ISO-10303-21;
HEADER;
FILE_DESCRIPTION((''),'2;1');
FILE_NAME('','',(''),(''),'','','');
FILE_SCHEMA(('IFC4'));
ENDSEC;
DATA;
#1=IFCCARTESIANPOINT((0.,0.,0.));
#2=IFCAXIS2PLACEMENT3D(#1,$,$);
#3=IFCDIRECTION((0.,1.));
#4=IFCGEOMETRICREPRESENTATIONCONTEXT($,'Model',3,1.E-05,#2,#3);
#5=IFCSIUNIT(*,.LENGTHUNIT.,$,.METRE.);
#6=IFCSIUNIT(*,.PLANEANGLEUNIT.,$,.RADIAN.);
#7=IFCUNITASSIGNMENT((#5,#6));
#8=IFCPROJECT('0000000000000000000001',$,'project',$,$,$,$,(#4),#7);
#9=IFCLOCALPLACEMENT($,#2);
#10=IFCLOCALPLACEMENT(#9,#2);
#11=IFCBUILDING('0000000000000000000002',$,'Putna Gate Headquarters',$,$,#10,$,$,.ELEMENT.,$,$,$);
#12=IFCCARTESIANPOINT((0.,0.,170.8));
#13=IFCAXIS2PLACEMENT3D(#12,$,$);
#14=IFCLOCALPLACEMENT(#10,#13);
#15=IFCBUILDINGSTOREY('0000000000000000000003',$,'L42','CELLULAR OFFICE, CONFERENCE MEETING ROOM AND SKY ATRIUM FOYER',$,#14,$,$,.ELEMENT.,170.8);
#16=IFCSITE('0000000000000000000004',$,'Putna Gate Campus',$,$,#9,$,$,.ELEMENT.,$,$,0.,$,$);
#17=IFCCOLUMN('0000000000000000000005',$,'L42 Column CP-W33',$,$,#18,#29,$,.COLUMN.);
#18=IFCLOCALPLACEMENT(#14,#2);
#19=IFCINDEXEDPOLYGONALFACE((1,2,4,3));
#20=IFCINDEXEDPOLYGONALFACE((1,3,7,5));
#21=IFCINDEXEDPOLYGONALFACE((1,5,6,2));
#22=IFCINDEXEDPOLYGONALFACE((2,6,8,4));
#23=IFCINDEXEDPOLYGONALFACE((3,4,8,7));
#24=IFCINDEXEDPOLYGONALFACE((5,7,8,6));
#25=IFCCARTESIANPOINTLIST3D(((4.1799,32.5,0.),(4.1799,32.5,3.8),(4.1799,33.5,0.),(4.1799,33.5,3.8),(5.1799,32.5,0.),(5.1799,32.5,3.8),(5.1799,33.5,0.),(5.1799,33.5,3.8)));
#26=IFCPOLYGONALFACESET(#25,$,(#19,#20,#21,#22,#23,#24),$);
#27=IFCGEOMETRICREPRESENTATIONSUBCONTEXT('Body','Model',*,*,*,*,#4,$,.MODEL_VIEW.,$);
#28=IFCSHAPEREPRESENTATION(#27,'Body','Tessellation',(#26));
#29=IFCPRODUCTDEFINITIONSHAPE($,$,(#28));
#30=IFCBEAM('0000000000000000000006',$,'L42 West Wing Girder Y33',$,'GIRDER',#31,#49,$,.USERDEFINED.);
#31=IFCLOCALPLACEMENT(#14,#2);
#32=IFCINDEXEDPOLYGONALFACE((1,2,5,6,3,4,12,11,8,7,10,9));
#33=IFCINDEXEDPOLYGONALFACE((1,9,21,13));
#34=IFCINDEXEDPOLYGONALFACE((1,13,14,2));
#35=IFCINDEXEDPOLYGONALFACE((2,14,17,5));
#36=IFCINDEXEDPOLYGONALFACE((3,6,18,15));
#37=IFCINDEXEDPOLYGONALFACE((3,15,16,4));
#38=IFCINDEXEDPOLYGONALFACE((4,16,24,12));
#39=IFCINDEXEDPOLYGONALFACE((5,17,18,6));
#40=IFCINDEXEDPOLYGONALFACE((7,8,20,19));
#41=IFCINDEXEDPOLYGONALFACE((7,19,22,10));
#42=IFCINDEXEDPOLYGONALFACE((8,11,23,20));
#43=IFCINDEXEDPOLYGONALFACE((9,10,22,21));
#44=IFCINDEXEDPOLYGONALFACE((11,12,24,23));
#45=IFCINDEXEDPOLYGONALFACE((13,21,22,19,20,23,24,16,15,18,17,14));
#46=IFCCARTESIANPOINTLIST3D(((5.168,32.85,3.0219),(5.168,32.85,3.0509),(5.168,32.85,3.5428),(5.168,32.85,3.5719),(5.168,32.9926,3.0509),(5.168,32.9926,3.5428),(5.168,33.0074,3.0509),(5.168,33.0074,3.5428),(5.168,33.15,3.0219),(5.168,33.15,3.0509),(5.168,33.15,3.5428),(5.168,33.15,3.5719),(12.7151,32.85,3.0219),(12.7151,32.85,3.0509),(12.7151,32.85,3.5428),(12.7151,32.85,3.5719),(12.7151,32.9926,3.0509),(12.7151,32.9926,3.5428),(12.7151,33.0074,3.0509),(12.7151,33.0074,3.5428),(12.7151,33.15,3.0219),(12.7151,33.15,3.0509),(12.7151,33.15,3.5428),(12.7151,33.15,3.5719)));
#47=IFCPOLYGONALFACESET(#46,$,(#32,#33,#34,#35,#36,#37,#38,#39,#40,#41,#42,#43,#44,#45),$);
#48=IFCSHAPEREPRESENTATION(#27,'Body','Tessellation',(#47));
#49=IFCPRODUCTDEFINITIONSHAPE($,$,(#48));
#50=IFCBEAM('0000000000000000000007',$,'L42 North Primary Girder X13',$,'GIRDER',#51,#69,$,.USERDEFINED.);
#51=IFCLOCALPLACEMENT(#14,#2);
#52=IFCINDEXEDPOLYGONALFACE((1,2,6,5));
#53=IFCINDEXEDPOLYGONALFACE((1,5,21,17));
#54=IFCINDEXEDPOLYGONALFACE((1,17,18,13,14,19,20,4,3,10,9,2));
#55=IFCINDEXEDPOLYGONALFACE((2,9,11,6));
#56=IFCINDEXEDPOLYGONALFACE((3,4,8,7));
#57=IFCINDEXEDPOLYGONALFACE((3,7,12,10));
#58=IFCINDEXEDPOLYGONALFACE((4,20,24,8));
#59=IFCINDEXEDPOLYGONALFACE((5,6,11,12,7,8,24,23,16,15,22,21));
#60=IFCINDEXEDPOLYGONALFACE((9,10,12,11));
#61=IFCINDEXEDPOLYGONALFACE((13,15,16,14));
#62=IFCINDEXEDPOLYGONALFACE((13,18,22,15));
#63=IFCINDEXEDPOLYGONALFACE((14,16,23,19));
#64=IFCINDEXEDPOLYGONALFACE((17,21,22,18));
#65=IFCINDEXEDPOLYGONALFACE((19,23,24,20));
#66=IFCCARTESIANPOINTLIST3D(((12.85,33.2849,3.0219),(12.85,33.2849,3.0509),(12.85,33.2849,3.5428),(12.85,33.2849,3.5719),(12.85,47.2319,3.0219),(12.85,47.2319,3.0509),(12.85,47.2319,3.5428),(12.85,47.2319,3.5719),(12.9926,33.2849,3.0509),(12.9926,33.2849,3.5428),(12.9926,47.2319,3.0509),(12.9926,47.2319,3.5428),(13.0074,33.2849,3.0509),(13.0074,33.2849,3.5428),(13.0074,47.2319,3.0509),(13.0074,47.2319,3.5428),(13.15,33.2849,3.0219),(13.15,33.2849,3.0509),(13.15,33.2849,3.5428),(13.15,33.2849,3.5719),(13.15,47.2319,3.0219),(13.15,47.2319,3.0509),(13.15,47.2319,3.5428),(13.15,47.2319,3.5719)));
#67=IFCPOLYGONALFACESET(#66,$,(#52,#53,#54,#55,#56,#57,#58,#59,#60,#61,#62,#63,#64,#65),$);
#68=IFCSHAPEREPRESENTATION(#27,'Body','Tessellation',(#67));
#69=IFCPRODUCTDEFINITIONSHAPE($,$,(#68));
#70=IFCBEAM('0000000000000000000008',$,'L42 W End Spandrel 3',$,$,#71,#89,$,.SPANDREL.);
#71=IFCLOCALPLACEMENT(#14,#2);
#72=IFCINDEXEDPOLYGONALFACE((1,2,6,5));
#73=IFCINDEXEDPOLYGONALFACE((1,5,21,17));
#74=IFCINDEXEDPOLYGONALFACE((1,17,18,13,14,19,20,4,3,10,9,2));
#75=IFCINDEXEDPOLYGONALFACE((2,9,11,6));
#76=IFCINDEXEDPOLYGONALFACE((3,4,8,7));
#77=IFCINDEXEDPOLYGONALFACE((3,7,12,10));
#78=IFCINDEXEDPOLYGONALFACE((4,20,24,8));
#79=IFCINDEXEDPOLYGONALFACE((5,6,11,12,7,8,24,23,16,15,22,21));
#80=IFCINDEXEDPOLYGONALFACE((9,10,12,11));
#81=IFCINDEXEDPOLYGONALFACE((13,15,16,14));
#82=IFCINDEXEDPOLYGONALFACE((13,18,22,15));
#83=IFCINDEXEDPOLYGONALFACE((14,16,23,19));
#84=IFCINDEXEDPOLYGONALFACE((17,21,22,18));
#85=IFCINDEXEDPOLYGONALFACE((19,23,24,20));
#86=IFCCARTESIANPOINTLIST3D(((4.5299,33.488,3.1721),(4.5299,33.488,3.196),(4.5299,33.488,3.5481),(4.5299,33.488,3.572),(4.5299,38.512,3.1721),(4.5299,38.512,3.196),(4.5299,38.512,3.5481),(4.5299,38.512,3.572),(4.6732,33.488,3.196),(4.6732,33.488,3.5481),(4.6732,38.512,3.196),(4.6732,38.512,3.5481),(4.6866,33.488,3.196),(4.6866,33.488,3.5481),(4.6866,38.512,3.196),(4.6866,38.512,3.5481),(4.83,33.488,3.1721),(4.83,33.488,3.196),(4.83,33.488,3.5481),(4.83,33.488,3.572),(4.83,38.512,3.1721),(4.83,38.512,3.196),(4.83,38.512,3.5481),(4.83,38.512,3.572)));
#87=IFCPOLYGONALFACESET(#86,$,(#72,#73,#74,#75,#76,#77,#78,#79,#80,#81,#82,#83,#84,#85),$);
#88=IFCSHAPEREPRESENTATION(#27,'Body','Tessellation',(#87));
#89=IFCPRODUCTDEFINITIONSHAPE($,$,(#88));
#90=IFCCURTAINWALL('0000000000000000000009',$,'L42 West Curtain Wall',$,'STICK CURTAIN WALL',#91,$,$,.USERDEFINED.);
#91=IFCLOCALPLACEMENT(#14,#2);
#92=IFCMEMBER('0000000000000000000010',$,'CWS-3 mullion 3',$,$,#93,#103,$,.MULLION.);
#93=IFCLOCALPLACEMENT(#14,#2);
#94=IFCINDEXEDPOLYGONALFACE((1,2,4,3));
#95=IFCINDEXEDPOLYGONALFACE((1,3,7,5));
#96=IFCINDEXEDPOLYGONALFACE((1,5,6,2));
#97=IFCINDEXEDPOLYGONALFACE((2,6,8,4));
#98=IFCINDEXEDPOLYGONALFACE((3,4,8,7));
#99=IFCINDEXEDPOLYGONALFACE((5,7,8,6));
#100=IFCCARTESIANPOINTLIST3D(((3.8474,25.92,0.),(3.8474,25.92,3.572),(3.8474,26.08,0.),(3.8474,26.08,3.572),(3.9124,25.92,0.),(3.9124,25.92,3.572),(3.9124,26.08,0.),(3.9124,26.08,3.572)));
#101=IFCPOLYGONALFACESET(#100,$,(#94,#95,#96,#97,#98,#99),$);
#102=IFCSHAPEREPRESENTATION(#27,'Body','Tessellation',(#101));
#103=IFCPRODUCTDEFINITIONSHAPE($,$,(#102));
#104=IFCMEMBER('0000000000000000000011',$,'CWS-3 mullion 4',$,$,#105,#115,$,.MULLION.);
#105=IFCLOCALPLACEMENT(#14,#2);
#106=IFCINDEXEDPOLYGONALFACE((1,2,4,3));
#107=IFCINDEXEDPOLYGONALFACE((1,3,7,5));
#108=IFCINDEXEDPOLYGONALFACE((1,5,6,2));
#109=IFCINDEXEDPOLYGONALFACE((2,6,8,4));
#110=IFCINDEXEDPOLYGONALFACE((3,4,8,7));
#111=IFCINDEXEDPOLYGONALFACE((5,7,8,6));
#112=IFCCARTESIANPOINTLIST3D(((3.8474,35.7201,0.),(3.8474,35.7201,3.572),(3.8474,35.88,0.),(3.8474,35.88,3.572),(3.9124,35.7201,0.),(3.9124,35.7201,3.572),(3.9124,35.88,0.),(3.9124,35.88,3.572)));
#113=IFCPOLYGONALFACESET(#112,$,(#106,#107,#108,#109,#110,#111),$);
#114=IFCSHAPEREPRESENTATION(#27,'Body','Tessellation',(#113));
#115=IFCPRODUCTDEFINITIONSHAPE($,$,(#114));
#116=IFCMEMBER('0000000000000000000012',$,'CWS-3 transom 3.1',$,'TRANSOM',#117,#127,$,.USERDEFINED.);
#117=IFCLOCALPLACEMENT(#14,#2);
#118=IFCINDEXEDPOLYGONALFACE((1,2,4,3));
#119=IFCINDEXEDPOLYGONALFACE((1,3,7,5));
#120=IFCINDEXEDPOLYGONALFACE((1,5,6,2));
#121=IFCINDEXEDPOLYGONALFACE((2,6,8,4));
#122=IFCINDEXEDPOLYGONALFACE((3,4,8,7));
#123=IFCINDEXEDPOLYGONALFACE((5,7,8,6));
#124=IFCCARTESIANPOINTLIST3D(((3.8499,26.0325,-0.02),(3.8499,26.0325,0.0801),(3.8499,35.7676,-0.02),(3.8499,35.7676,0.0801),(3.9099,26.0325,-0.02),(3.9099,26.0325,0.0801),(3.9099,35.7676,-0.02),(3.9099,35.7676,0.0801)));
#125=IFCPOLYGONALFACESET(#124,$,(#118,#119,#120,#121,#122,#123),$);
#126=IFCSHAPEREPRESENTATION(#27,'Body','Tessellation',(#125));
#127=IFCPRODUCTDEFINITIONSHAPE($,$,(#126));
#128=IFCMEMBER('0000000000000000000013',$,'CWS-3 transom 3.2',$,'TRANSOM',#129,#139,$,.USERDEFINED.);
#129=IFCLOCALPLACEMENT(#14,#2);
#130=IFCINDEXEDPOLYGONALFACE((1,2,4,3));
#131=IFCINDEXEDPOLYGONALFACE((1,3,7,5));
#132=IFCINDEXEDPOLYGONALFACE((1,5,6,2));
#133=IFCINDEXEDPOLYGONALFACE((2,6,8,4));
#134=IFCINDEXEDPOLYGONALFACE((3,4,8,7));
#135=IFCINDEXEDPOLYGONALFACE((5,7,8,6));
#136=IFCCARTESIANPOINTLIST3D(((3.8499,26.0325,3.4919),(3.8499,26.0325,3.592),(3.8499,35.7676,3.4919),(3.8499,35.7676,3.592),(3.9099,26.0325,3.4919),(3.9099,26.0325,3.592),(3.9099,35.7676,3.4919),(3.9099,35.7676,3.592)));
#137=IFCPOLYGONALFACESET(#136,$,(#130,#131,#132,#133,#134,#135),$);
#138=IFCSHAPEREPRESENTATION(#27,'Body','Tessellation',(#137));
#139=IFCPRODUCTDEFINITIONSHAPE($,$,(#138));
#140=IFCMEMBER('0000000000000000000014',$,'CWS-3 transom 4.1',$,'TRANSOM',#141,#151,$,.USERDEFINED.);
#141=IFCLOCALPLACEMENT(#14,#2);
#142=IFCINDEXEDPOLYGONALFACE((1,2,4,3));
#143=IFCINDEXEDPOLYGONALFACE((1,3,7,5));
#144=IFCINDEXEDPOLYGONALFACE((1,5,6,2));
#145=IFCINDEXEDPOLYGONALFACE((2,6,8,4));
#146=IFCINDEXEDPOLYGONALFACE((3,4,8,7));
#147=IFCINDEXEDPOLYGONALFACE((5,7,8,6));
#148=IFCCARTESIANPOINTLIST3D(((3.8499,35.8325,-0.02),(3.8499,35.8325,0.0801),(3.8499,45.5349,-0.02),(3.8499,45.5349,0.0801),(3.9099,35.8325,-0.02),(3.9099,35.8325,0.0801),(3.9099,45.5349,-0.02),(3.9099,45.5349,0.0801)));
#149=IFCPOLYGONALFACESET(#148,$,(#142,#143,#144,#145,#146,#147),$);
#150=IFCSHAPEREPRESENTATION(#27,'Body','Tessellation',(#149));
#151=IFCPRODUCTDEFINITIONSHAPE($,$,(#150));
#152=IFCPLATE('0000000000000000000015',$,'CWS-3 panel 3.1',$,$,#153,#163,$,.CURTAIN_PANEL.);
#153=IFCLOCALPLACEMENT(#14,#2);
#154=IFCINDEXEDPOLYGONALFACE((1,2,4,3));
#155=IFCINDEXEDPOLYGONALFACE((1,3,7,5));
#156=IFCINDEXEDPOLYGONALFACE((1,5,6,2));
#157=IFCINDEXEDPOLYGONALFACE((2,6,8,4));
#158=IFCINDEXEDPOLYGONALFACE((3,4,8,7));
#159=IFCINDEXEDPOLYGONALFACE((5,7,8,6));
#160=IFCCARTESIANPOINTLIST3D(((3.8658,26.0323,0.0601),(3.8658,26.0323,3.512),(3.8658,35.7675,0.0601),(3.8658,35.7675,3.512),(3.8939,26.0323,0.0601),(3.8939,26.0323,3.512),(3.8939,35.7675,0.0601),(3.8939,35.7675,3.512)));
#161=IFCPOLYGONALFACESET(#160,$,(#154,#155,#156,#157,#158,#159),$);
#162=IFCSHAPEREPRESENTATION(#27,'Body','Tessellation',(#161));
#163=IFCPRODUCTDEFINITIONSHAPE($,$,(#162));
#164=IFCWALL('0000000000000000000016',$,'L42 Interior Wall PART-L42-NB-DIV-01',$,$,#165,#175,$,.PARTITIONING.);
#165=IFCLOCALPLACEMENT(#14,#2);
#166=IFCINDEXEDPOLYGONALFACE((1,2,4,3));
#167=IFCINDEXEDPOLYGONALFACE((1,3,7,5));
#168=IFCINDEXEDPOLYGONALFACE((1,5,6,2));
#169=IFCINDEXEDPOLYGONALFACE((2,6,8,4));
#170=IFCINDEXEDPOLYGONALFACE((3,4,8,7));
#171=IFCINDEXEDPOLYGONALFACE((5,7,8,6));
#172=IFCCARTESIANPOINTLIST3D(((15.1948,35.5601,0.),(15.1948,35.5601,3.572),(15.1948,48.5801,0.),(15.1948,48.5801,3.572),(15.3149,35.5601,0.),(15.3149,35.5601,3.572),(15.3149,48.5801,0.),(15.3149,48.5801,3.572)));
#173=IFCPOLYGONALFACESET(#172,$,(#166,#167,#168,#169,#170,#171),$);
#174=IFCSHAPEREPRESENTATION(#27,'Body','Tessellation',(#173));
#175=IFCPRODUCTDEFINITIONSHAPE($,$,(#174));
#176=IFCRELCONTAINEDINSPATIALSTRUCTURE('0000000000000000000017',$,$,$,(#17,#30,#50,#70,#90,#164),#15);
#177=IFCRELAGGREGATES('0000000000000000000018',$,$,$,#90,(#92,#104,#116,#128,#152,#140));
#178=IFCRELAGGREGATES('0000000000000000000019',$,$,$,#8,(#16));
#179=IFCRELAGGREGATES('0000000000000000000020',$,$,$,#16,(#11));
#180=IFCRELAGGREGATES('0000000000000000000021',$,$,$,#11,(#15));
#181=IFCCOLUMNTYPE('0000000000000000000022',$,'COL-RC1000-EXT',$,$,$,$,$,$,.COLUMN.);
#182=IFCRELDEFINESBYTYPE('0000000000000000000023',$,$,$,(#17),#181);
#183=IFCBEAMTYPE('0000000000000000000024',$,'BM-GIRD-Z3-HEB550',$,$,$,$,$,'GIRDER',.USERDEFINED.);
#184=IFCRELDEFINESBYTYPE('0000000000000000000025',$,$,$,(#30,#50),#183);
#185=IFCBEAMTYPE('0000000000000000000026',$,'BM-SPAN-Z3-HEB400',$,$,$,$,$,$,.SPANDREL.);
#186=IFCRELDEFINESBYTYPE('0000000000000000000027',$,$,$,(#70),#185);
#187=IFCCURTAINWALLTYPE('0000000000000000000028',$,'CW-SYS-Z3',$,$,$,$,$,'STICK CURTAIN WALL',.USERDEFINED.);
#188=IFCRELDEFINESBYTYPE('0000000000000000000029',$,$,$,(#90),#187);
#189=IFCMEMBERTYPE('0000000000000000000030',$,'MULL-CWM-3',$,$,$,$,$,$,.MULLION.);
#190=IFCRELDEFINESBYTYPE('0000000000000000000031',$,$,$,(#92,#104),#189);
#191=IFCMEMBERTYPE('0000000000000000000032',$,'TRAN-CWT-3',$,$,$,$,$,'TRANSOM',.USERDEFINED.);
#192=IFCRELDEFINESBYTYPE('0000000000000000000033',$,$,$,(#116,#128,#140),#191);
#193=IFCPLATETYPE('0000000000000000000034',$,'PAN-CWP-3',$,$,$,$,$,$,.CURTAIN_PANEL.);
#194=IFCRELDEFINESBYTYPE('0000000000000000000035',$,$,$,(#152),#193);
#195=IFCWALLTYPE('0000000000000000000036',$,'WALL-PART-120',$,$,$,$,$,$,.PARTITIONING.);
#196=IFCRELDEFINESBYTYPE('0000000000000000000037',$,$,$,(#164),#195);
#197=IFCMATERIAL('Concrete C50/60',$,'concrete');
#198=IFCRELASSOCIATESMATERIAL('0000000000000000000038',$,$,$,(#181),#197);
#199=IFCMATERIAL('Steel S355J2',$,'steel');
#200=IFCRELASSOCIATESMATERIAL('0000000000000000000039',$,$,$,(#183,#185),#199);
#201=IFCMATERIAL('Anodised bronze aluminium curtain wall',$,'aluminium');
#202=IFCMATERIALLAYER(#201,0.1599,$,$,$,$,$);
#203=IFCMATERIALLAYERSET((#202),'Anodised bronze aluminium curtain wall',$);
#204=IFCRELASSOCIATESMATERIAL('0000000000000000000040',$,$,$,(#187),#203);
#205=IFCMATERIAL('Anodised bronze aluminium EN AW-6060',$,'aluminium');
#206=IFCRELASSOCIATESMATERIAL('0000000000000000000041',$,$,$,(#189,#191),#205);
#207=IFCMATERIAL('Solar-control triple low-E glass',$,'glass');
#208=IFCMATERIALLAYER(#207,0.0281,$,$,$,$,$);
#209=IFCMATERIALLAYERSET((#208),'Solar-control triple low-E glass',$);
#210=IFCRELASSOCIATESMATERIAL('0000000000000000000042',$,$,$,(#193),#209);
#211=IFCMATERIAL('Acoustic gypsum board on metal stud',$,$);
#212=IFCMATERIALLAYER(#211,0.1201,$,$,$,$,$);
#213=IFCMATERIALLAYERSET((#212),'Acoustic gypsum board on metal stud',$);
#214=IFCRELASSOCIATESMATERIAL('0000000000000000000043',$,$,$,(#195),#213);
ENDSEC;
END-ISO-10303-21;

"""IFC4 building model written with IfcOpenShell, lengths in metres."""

from ifc_helpers import new_model, si_unit, direction, frame, frame_2d, origin, origin_2d, place, context, subcontext, project, spatial, rectangle, i_section, extrude, material, layer, layer_set, material_profile, profile_set, type_object, element, aggregate, save


model = new_model("IFC4")

# Units and contexts
model_context = context("Model", 3, precision=1e-05, world=origin(), true_north=direction((0.0, 1.0)))
body_context = subcontext(model_context, "Body", "Model", "MODEL_VIEW")
ifc_project = project(units=[si_unit("LENGTHUNIT", "METRE"), si_unit("PLANEANGLEUNIT", "RADIAN")], contexts=[model_context])

# Site, building, storey
site_placement = place(None, origin())
site = spatial("IfcSite", under=ifc_project, at=site_placement, Name="Putna Gate Campus", CompositionType="ELEMENT", RefElevation=0.0)
building_placement = place(site_placement, origin())
building = spatial("IfcBuilding", under=site, at=building_placement, Name="Putna Gate Headquarters", CompositionType="ELEMENT")
storey_placement = place(building_placement, frame((0.0, 0.0, 170.8)))
storey = spatial("IfcBuildingStorey", under=building, at=storey_placement, Name="L42", Description="CELLULAR OFFICE, CONFERENCE MEETING ROOM AND SKY ATRIUM FOYER", CompositionType="ELEMENT", Elevation=170.8)

# Column
ifc_material_1 = material(Name="Concrete C50/60", Category="concrete")
ifc_material_profile_1 = material_profile(ifc_material_1, rectangle(XDim=1.0, YDim=1.0, at=origin_2d()), Name="Concrete C50/60")
ifc_profile_set_1 = profile_set([ifc_material_profile_1], Name="Concrete C50/60")
column_type = type_object("IfcColumnType", Name="COL-RC1000-EXT", PredefinedType="COLUMN", material=ifc_profile_set_1)
column_placement = place(storey_placement, frame((4.6799, 33.0, 0.0), z_axis=(0.0, 0.0, 1.0), x_axis=(1.0, 0.0, 0.0)))
element("IfcColumn", 1, at=column_placement, inside=storey, type_object=column_type, Name="L42 Column CP-W33", PredefinedType="COLUMN", context=body_context, shape_type="SweptSolid", body=[
    extrude(rectangle(XDim=1.0, YDim=1.0, at=origin_2d()), origin(), (0.0, 0.0, 1.0), 3.8),
])

# Beams
ifc_material_2 = material(Name="Steel S355J2", Category="steel")
ifc_material_profile_2 = material_profile(ifc_material_2, i_section(OverallWidth=0.3, OverallDepth=0.55, WebThickness=0.0149, FlangeThickness=0.0291, at=origin_2d()), Name="Steel S355J2")
ifc_profile_set_2 = profile_set([ifc_material_profile_2], Name="Steel S355J2")
beam_type_1 = type_object("IfcBeamType", Name="BM-GIRD-Z3-HEB550", ElementType="GIRDER", PredefinedType="USERDEFINED", material=ifc_profile_set_2)
beam_1_placement = place(storey_placement, frame((5.168, 33.0, 3.2969), z_axis=(1.0, 0.0, 0.0), x_axis=(0.0, 1.0, 0.0)))
element("IfcBeam", 2, at=beam_1_placement, inside=storey, type_object=beam_type_1, Name="L42 West Wing Girder Y33", ObjectType="GIRDER", PredefinedType="USERDEFINED", context=body_context, shape_type="SweptSolid", body=[
    extrude(i_section(OverallWidth=0.3, OverallDepth=0.55, WebThickness=0.0149, FlangeThickness=0.0291, at=origin_2d()), origin(), (0.0, 0.0, 1.0), 7.5471),
])
beam_2_placement = place(storey_placement, frame((13.0, 33.2849, 3.2969), z_axis=(0.0, 1.0, 0.0), x_axis=(-1.0, 0.0, 0.0)))
element("IfcBeam", 3, at=beam_2_placement, inside=storey, type_object=beam_type_1, Name="L42 North Primary Girder X13", ObjectType="GIRDER", PredefinedType="USERDEFINED", context=body_context, shape_type="SweptSolid", body=[
    extrude(i_section(OverallWidth=0.3, OverallDepth=0.55, WebThickness=0.0149, FlangeThickness=0.0291, at=origin_2d()), origin(), (0.0, 0.0, 1.0), 13.947),
])
ifc_material_profile_3 = material_profile(ifc_material_2, i_section(OverallWidth=0.3, OverallDepth=0.3999, WebThickness=0.0134, FlangeThickness=0.0239, at=origin_2d()), Name="Steel S355J2")
ifc_profile_set_3 = profile_set([ifc_material_profile_3], Name="Steel S355J2")
beam_type_2 = type_object("IfcBeamType", Name="BM-SPAN-Z3-HEB400", PredefinedType="SPANDREL", material=ifc_profile_set_3)
beam_3_placement = place(storey_placement, frame((4.6799, 33.488, 3.3721), z_axis=(0.0, 1.0, 0.0), x_axis=(-1.0, 0.0, 0.0)))
element("IfcBeam", 4, at=beam_3_placement, inside=storey, type_object=beam_type_2, Name="L42 W End Spandrel 3", PredefinedType="SPANDREL", context=body_context, shape_type="SweptSolid", body=[
    extrude(i_section(OverallWidth=0.3, OverallDepth=0.3999, WebThickness=0.0134, FlangeThickness=0.0239, at=origin_2d()), origin(), (0.0, 0.0, 1.0), 5.0239),
])

# Curtain wall, members, plate
ifc_material_3 = material(Name="Anodised bronze aluminium curtain wall", Category="aluminium")
ifc_layer_1 = layer(ifc_material_3, 0.1599)
ifc_layer_set_1 = layer_set([ifc_layer_1], Name="Anodised bronze aluminium curtain wall")
curtain_wall_type = type_object("IfcCurtainWallType", Name="CW-SYS-Z3", ElementType="STICK CURTAIN WALL", PredefinedType="USERDEFINED", material=ifc_layer_set_1)
curtain_wall_placement = place(storey_placement, origin())
curtain_wall = element("IfcCurtainWall", 5, at=curtain_wall_placement, inside=storey, type_object=curtain_wall_type, Name="L42 West Curtain Wall", ObjectType="STICK CURTAIN WALL", PredefinedType="USERDEFINED")
ifc_material_4 = material(Name="Anodised bronze aluminium EN AW-6060", Category="aluminium")
ifc_material_profile_4 = material_profile(ifc_material_4, rectangle(XDim=0.0649, YDim=0.1599, at=origin_2d()), Name="Anodised bronze aluminium EN AW-6060")
ifc_profile_set_4 = profile_set([ifc_material_profile_4], Name="Anodised bronze aluminium EN AW-6060")
member_type_1 = type_object("IfcMemberType", Name="MULL-CWM-3", PredefinedType="MULLION", material=ifc_profile_set_4)
member_1_placement = place(storey_placement, frame((3.8799, 26.0, 0.0), z_axis=(0.0, 0.0, 1.0), x_axis=(-1.0, 0.0, 0.0)))
member_1 = element("IfcMember", 6, at=member_1_placement, type_object=member_type_1, Name="CWS-3 mullion 3", PredefinedType="MULLION", context=body_context, shape_type="SweptSolid", body=[
    extrude(rectangle(XDim=0.0649, YDim=0.1599, at=origin_2d()), origin(), (0.0, 0.0, 1.0), 3.572),
])
member_2_placement = place(storey_placement, frame((3.8799, 35.8, 0.0), z_axis=(0.0, 0.0, 1.0), x_axis=(-1.0, 0.0, 0.0)))
member_2 = element("IfcMember", 7, at=member_2_placement, type_object=member_type_1, Name="CWS-3 mullion 4", PredefinedType="MULLION", context=body_context, shape_type="SweptSolid", body=[
    extrude(rectangle(XDim=0.0649, YDim=0.1599, at=origin_2d()), origin(), (0.0, 0.0, 1.0), 3.572),
])
ifc_material_profile_5 = material_profile(ifc_material_4, rectangle(XDim=0.0601, YDim=0.1001, at=origin_2d()), Name="Anodised bronze aluminium EN AW-6060")
ifc_profile_set_5 = profile_set([ifc_material_profile_5], Name="Anodised bronze aluminium EN AW-6060")
member_type_2 = type_object("IfcMemberType", Name="TRAN-CWT-3", ElementType="TRANSOM", PredefinedType="USERDEFINED", material=ifc_profile_set_5)
member_3_placement = place(storey_placement, frame((3.8799, 26.0325, 0.03), z_axis=(0.0, 1.0, 0.0), x_axis=(-1.0, 0.0, 0.0)))
member_3 = element("IfcMember", 8, at=member_3_placement, type_object=member_type_2, Name="CWS-3 transom 3.1", ObjectType="TRANSOM", PredefinedType="USERDEFINED", context=body_context, shape_type="SweptSolid", body=[
    extrude(rectangle(XDim=0.0601, YDim=0.1001, at=origin_2d()), origin(), (0.0, 0.0, 1.0), 9.7351),
])
member_4_placement = place(storey_placement, frame((3.8799, 26.0325, 3.542), z_axis=(0.0, 1.0, 0.0), x_axis=(-1.0, 0.0, 0.0)))
member_4 = element("IfcMember", 9, at=member_4_placement, type_object=member_type_2, Name="CWS-3 transom 3.2", ObjectType="TRANSOM", PredefinedType="USERDEFINED", context=body_context, shape_type="SweptSolid", body=[
    extrude(rectangle(XDim=0.0601, YDim=0.1001, at=origin_2d()), origin(), (0.0, 0.0, 1.0), 9.7351),
])
member_5_placement = place(storey_placement, frame((3.8799, 35.8325, 0.03), z_axis=(0.0, 1.0, 0.0), x_axis=(-1.0, 0.0, 0.0)))
member_5 = element("IfcMember", 10, at=member_5_placement, type_object=member_type_2, Name="CWS-3 transom 4.1", ObjectType="TRANSOM", PredefinedType="USERDEFINED", context=body_context, shape_type="SweptSolid", body=[
    extrude(rectangle(XDim=0.0601, YDim=0.1001, at=origin_2d()), origin(), (0.0, 0.0, 1.0), 9.7024),
])
ifc_material_5 = material(Name="Solar-control triple low-E glass", Category="glass")
ifc_layer_2 = layer(ifc_material_5, 0.0281)
ifc_layer_set_2 = layer_set([ifc_layer_2], Name="Solar-control triple low-E glass")
plate_type = type_object("IfcPlateType", Name="PAN-CWP-3", PredefinedType="CURTAIN_PANEL", material=ifc_layer_set_2)
plate_placement = place(storey_placement, frame((3.8799, 30.8999, 0.0601), z_axis=(0.0, 0.0, 1.0), x_axis=(0.0, 1.0, 0.0)))
plate = element("IfcPlate", 11, at=plate_placement, type_object=plate_type, Name="CWS-3 panel 3.1", PredefinedType="CURTAIN_PANEL", context=body_context, shape_type="SweptSolid", body=[
    extrude(rectangle(XDim=9.7351, YDim=0.0281, at=origin_2d()), origin(), (0.0, 0.0, 1.0), 3.4519),
])
aggregate(curtain_wall, [member_1, member_2, member_3, member_4, plate, member_5])

# Wall
ifc_material_6 = material(Name="Acoustic gypsum board on metal stud")
ifc_layer_3 = layer(ifc_material_6, 0.1201)
ifc_layer_set_3 = layer_set([ifc_layer_3], Name="Acoustic gypsum board on metal stud")
wall_type_1 = type_object("IfcWallType", Name="WALL-PART-120", PredefinedType="PARTITIONING", material=ifc_layer_set_3)
wall_1_placement = place(storey_placement, frame((15.2549, 35.5601, 0.0), z_axis=(0.0, 0.0, 1.0), x_axis=(0.0, 1.0, 0.0)))
element("IfcWall", 12, at=wall_1_placement, inside=storey, type_object=wall_type_1, Name="L42 Interior Wall PART-L42-NB-DIV-01", PredefinedType="PARTITIONING", context=body_context, shape_type="SweptSolid", body=[
    extrude(rectangle(XDim=13.02, YDim=0.1201, at=frame_2d((6.51, 0.0))), origin(), (0.0, 0.0, 1.0), 3.572),
])

save(model, "model.ifc")
